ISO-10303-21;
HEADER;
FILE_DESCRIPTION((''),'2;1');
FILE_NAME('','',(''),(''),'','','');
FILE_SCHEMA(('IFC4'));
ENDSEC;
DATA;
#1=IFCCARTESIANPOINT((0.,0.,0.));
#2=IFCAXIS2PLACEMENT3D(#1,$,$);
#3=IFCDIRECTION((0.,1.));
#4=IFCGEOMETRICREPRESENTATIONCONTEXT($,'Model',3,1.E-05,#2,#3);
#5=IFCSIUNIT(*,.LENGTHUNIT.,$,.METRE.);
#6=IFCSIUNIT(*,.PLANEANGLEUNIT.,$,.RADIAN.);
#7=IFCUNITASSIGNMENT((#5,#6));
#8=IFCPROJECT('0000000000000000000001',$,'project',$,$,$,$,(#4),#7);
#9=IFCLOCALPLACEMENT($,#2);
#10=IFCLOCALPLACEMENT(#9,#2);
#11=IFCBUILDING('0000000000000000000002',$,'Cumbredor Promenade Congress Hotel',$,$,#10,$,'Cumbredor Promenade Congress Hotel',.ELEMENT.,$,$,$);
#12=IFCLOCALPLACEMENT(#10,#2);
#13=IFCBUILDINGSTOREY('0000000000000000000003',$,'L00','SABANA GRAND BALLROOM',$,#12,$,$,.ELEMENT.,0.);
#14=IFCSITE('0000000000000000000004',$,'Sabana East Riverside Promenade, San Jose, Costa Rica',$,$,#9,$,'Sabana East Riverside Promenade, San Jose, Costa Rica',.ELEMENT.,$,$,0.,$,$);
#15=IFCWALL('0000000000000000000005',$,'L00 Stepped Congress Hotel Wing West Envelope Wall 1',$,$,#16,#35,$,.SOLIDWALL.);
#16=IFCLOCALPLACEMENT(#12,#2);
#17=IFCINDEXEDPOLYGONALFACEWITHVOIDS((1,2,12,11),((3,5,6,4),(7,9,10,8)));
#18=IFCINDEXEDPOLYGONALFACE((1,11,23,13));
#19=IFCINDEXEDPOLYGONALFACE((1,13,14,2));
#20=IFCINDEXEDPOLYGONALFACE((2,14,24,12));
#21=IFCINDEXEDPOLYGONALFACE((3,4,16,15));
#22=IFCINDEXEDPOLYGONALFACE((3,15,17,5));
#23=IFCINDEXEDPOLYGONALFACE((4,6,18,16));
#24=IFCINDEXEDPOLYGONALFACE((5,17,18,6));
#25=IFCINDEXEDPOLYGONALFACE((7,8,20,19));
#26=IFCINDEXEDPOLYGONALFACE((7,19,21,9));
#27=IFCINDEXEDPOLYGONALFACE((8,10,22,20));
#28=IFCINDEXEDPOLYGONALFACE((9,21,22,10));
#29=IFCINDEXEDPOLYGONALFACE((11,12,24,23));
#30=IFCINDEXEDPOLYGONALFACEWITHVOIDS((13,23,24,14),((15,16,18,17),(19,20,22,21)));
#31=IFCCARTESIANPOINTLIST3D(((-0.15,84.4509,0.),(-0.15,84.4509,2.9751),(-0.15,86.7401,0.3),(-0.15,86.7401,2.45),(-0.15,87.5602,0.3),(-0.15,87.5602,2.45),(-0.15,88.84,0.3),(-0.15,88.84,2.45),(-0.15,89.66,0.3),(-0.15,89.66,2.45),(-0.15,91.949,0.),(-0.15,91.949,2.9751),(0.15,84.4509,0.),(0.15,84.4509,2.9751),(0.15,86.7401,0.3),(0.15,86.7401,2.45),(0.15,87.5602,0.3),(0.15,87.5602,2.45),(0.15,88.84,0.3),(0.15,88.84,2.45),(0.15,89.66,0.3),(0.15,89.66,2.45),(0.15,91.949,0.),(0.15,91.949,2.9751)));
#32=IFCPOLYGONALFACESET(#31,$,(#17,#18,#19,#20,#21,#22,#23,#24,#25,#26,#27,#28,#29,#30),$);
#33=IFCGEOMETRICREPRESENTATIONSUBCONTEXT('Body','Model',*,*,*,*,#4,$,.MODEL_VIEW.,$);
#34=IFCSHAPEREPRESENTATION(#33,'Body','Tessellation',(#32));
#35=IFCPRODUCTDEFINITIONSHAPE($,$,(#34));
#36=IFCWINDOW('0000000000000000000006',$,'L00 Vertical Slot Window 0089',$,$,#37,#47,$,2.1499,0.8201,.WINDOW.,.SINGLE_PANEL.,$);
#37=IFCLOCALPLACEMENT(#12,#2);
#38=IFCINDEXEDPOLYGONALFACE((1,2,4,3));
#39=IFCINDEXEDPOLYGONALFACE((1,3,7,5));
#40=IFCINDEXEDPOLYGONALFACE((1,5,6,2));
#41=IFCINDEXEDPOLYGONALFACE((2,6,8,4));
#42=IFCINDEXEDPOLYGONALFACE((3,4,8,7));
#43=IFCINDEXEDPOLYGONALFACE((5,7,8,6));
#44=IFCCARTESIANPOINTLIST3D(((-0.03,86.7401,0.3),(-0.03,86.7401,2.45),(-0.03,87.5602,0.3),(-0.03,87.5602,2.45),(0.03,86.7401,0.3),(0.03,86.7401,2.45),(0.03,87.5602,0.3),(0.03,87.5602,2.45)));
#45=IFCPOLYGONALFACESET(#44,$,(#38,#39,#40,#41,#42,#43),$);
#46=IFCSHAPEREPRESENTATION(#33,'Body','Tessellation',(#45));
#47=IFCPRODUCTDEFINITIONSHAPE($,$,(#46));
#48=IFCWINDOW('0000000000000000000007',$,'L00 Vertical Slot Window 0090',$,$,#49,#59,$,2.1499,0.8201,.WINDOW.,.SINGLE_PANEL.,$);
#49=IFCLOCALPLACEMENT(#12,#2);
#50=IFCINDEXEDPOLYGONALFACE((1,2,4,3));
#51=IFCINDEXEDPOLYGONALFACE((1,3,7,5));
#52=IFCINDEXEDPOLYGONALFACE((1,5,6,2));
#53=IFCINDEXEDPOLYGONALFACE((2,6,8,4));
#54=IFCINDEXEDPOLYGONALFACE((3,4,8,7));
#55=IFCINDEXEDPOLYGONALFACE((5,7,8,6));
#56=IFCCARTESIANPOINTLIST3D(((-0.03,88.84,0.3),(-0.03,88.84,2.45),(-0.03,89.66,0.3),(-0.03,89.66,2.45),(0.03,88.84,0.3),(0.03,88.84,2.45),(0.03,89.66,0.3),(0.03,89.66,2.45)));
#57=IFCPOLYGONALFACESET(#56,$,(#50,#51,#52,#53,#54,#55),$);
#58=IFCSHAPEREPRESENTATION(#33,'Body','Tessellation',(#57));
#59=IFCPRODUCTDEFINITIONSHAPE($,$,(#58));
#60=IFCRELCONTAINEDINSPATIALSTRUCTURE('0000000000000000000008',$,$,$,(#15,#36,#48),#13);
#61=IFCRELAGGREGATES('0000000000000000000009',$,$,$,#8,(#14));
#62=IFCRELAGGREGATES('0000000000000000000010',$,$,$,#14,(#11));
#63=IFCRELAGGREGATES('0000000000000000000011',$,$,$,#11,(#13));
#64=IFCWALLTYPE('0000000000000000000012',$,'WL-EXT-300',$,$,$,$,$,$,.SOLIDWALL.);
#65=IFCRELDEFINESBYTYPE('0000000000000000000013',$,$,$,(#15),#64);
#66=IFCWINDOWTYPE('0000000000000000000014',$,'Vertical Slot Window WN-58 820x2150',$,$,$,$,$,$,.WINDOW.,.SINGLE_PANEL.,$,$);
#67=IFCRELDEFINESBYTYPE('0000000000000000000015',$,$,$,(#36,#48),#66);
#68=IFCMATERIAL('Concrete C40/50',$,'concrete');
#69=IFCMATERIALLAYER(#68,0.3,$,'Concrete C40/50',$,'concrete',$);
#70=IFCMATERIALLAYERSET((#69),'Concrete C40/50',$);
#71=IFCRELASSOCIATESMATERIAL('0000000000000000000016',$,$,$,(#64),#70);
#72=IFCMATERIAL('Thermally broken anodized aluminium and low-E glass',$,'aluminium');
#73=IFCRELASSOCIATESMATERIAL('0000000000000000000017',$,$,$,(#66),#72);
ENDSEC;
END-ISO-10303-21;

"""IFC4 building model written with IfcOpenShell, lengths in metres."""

from ifc_helpers import new_model, si_unit, direction, frame, frame_2d, origin, place, context, subcontext, project, spatial, rectangle, extrude, material, layer, layer_set, type_object, element, fill, save


model = new_model("IFC4")

# Units and contexts
model_context = context("Model", 3, precision=1e-05, world=origin(), true_north=direction((0.0, 1.0)))
body_context = subcontext(model_context, "Body", "Model", "MODEL_VIEW")
ifc_project = project(units=[si_unit("LENGTHUNIT", "METRE"), si_unit("PLANEANGLEUNIT", "RADIAN")], contexts=[model_context])

# Site, building, storey
site_placement = place(None, origin())
site = spatial("IfcSite", under=ifc_project, at=site_placement, Name="Sabana East Riverside Promenade, San Jose, Costa Rica", LongName="Sabana East Riverside Promenade, San Jose, Costa Rica", CompositionType="ELEMENT", RefElevation=0.0)
building_placement = place(site_placement, origin())
building = spatial("IfcBuilding", under=site, at=building_placement, Name="Cumbredor Promenade Congress Hotel", LongName="Cumbredor Promenade Congress Hotel", CompositionType="ELEMENT")
storey_placement = place(building_placement, origin())
storey = spatial("IfcBuildingStorey", under=building, at=storey_placement, Name="L00", Description="SABANA GRAND BALLROOM", CompositionType="ELEMENT", Elevation=0.0)

# Shared definitions
ifc_material_1 = material(Name="Concrete C40/50", Category="concrete")

# Shared definitions
ifc_material_2 = material(Name="Thermally broken anodized aluminium and low-E glass", Category="aluminium")

# Wall, openings, windows
ifc_layer = layer(ifc_material_1, 0.3, Name="Concrete C40/50", Category="concrete")
ifc_layer_set = layer_set([ifc_layer], Name="Concrete C40/50")
wall_type = type_object("IfcWallType", Name="WL-EXT-300", PredefinedType="SOLIDWALL", material=ifc_layer_set)
wall_placement = place(storey_placement, frame((0.0, 84.4509, 0.0), z_axis=(0.0, 0.0, 1.0), x_axis=(0.0, 1.0, 0.0)))
wall = element("IfcWall", 1, at=wall_placement, inside=storey, type_object=wall_type, Name="L00 Stepped Congress Hotel Wing West Envelope Wall 1", PredefinedType="SOLIDWALL", context=body_context, shape_type="SweptSolid", body=[
    extrude(rectangle(XDim=7.498, YDim=0.3, at=frame_2d((3.749, 0.0))), origin(), (0.0, 0.0, 1.0), 2.9751),
])
opening_1_placement = place(wall_placement, frame((2.2891, 0.0, 0.3)))
opening_1 = element("IfcOpeningElement", 2, at=opening_1_placement, cuts=wall, PredefinedType="OPENING", context=body_context, shape_type="SweptSolid", body=[
    extrude(rectangle(XDim=0.8201, YDim=2.1499, at=frame_2d((0.4102, 1.075))), frame((0.0, 0.1602, 0.0), z_axis=(0.0, -1.0, 0.0), x_axis=(1.0, 0.0, 0.0)), (0.0, 0.0, 1.0), 0.3201),
])
opening_2_placement = place(wall_placement, frame((4.3889, 0.0, 0.3)))
opening_2 = element("IfcOpeningElement", 3, at=opening_2_placement, cuts=wall, PredefinedType="OPENING", context=body_context, shape_type="SweptSolid", body=[
    extrude(rectangle(XDim=0.8201, YDim=2.1499, at=frame_2d((0.4102, 1.075))), frame((0.0, 0.1602, 0.0), z_axis=(0.0, -1.0, 0.0), x_axis=(1.0, 0.0, 0.0)), (0.0, 0.0, 1.0), 0.3201),
])
window_type = type_object("IfcWindowType", Name="Vertical Slot Window WN-58 820x2150", PartitioningType="SINGLE_PANEL", PredefinedType="WINDOW", material=ifc_material_2)
window_1_placement = place(opening_1_placement, origin())
window_1 = element("IfcWindow", 4, at=window_1_placement, inside=storey, type_object=window_type, Name="L00 Vertical Slot Window 0089", OverallHeight=2.1499, OverallWidth=0.8201, PartitioningType="SINGLE_PANEL", PredefinedType="WINDOW", context=body_context, shape_type="SweptSolid", body=[
    extrude(rectangle(XDim=0.8201, YDim=2.1499, at=frame_2d((0.4102, 1.075))), frame((0.0, 0.03, 0.0), z_axis=(0.0, -1.0, 0.0), x_axis=(1.0, 0.0, 0.0)), (0.0, 0.0, 1.0), 0.0601),
])
fill(opening_1, window_1)
window_2_placement = place(opening_2_placement, origin())
window_2 = element("IfcWindow", 5, at=window_2_placement, inside=storey, type_object=window_type, Name="L00 Vertical Slot Window 0090", OverallHeight=2.1499, OverallWidth=0.8201, PartitioningType="SINGLE_PANEL", PredefinedType="WINDOW", context=body_context, shape_type="SweptSolid", body=[
    extrude(rectangle(XDim=0.8201, YDim=2.1499, at=frame_2d((0.4102, 1.075))), frame((0.0, 0.03, 0.0), z_axis=(0.0, -1.0, 0.0), x_axis=(1.0, 0.0, 0.0)), (0.0, 0.0, 1.0), 0.0601),
])
fill(opening_2, window_2)

save(model, "model.ifc")
